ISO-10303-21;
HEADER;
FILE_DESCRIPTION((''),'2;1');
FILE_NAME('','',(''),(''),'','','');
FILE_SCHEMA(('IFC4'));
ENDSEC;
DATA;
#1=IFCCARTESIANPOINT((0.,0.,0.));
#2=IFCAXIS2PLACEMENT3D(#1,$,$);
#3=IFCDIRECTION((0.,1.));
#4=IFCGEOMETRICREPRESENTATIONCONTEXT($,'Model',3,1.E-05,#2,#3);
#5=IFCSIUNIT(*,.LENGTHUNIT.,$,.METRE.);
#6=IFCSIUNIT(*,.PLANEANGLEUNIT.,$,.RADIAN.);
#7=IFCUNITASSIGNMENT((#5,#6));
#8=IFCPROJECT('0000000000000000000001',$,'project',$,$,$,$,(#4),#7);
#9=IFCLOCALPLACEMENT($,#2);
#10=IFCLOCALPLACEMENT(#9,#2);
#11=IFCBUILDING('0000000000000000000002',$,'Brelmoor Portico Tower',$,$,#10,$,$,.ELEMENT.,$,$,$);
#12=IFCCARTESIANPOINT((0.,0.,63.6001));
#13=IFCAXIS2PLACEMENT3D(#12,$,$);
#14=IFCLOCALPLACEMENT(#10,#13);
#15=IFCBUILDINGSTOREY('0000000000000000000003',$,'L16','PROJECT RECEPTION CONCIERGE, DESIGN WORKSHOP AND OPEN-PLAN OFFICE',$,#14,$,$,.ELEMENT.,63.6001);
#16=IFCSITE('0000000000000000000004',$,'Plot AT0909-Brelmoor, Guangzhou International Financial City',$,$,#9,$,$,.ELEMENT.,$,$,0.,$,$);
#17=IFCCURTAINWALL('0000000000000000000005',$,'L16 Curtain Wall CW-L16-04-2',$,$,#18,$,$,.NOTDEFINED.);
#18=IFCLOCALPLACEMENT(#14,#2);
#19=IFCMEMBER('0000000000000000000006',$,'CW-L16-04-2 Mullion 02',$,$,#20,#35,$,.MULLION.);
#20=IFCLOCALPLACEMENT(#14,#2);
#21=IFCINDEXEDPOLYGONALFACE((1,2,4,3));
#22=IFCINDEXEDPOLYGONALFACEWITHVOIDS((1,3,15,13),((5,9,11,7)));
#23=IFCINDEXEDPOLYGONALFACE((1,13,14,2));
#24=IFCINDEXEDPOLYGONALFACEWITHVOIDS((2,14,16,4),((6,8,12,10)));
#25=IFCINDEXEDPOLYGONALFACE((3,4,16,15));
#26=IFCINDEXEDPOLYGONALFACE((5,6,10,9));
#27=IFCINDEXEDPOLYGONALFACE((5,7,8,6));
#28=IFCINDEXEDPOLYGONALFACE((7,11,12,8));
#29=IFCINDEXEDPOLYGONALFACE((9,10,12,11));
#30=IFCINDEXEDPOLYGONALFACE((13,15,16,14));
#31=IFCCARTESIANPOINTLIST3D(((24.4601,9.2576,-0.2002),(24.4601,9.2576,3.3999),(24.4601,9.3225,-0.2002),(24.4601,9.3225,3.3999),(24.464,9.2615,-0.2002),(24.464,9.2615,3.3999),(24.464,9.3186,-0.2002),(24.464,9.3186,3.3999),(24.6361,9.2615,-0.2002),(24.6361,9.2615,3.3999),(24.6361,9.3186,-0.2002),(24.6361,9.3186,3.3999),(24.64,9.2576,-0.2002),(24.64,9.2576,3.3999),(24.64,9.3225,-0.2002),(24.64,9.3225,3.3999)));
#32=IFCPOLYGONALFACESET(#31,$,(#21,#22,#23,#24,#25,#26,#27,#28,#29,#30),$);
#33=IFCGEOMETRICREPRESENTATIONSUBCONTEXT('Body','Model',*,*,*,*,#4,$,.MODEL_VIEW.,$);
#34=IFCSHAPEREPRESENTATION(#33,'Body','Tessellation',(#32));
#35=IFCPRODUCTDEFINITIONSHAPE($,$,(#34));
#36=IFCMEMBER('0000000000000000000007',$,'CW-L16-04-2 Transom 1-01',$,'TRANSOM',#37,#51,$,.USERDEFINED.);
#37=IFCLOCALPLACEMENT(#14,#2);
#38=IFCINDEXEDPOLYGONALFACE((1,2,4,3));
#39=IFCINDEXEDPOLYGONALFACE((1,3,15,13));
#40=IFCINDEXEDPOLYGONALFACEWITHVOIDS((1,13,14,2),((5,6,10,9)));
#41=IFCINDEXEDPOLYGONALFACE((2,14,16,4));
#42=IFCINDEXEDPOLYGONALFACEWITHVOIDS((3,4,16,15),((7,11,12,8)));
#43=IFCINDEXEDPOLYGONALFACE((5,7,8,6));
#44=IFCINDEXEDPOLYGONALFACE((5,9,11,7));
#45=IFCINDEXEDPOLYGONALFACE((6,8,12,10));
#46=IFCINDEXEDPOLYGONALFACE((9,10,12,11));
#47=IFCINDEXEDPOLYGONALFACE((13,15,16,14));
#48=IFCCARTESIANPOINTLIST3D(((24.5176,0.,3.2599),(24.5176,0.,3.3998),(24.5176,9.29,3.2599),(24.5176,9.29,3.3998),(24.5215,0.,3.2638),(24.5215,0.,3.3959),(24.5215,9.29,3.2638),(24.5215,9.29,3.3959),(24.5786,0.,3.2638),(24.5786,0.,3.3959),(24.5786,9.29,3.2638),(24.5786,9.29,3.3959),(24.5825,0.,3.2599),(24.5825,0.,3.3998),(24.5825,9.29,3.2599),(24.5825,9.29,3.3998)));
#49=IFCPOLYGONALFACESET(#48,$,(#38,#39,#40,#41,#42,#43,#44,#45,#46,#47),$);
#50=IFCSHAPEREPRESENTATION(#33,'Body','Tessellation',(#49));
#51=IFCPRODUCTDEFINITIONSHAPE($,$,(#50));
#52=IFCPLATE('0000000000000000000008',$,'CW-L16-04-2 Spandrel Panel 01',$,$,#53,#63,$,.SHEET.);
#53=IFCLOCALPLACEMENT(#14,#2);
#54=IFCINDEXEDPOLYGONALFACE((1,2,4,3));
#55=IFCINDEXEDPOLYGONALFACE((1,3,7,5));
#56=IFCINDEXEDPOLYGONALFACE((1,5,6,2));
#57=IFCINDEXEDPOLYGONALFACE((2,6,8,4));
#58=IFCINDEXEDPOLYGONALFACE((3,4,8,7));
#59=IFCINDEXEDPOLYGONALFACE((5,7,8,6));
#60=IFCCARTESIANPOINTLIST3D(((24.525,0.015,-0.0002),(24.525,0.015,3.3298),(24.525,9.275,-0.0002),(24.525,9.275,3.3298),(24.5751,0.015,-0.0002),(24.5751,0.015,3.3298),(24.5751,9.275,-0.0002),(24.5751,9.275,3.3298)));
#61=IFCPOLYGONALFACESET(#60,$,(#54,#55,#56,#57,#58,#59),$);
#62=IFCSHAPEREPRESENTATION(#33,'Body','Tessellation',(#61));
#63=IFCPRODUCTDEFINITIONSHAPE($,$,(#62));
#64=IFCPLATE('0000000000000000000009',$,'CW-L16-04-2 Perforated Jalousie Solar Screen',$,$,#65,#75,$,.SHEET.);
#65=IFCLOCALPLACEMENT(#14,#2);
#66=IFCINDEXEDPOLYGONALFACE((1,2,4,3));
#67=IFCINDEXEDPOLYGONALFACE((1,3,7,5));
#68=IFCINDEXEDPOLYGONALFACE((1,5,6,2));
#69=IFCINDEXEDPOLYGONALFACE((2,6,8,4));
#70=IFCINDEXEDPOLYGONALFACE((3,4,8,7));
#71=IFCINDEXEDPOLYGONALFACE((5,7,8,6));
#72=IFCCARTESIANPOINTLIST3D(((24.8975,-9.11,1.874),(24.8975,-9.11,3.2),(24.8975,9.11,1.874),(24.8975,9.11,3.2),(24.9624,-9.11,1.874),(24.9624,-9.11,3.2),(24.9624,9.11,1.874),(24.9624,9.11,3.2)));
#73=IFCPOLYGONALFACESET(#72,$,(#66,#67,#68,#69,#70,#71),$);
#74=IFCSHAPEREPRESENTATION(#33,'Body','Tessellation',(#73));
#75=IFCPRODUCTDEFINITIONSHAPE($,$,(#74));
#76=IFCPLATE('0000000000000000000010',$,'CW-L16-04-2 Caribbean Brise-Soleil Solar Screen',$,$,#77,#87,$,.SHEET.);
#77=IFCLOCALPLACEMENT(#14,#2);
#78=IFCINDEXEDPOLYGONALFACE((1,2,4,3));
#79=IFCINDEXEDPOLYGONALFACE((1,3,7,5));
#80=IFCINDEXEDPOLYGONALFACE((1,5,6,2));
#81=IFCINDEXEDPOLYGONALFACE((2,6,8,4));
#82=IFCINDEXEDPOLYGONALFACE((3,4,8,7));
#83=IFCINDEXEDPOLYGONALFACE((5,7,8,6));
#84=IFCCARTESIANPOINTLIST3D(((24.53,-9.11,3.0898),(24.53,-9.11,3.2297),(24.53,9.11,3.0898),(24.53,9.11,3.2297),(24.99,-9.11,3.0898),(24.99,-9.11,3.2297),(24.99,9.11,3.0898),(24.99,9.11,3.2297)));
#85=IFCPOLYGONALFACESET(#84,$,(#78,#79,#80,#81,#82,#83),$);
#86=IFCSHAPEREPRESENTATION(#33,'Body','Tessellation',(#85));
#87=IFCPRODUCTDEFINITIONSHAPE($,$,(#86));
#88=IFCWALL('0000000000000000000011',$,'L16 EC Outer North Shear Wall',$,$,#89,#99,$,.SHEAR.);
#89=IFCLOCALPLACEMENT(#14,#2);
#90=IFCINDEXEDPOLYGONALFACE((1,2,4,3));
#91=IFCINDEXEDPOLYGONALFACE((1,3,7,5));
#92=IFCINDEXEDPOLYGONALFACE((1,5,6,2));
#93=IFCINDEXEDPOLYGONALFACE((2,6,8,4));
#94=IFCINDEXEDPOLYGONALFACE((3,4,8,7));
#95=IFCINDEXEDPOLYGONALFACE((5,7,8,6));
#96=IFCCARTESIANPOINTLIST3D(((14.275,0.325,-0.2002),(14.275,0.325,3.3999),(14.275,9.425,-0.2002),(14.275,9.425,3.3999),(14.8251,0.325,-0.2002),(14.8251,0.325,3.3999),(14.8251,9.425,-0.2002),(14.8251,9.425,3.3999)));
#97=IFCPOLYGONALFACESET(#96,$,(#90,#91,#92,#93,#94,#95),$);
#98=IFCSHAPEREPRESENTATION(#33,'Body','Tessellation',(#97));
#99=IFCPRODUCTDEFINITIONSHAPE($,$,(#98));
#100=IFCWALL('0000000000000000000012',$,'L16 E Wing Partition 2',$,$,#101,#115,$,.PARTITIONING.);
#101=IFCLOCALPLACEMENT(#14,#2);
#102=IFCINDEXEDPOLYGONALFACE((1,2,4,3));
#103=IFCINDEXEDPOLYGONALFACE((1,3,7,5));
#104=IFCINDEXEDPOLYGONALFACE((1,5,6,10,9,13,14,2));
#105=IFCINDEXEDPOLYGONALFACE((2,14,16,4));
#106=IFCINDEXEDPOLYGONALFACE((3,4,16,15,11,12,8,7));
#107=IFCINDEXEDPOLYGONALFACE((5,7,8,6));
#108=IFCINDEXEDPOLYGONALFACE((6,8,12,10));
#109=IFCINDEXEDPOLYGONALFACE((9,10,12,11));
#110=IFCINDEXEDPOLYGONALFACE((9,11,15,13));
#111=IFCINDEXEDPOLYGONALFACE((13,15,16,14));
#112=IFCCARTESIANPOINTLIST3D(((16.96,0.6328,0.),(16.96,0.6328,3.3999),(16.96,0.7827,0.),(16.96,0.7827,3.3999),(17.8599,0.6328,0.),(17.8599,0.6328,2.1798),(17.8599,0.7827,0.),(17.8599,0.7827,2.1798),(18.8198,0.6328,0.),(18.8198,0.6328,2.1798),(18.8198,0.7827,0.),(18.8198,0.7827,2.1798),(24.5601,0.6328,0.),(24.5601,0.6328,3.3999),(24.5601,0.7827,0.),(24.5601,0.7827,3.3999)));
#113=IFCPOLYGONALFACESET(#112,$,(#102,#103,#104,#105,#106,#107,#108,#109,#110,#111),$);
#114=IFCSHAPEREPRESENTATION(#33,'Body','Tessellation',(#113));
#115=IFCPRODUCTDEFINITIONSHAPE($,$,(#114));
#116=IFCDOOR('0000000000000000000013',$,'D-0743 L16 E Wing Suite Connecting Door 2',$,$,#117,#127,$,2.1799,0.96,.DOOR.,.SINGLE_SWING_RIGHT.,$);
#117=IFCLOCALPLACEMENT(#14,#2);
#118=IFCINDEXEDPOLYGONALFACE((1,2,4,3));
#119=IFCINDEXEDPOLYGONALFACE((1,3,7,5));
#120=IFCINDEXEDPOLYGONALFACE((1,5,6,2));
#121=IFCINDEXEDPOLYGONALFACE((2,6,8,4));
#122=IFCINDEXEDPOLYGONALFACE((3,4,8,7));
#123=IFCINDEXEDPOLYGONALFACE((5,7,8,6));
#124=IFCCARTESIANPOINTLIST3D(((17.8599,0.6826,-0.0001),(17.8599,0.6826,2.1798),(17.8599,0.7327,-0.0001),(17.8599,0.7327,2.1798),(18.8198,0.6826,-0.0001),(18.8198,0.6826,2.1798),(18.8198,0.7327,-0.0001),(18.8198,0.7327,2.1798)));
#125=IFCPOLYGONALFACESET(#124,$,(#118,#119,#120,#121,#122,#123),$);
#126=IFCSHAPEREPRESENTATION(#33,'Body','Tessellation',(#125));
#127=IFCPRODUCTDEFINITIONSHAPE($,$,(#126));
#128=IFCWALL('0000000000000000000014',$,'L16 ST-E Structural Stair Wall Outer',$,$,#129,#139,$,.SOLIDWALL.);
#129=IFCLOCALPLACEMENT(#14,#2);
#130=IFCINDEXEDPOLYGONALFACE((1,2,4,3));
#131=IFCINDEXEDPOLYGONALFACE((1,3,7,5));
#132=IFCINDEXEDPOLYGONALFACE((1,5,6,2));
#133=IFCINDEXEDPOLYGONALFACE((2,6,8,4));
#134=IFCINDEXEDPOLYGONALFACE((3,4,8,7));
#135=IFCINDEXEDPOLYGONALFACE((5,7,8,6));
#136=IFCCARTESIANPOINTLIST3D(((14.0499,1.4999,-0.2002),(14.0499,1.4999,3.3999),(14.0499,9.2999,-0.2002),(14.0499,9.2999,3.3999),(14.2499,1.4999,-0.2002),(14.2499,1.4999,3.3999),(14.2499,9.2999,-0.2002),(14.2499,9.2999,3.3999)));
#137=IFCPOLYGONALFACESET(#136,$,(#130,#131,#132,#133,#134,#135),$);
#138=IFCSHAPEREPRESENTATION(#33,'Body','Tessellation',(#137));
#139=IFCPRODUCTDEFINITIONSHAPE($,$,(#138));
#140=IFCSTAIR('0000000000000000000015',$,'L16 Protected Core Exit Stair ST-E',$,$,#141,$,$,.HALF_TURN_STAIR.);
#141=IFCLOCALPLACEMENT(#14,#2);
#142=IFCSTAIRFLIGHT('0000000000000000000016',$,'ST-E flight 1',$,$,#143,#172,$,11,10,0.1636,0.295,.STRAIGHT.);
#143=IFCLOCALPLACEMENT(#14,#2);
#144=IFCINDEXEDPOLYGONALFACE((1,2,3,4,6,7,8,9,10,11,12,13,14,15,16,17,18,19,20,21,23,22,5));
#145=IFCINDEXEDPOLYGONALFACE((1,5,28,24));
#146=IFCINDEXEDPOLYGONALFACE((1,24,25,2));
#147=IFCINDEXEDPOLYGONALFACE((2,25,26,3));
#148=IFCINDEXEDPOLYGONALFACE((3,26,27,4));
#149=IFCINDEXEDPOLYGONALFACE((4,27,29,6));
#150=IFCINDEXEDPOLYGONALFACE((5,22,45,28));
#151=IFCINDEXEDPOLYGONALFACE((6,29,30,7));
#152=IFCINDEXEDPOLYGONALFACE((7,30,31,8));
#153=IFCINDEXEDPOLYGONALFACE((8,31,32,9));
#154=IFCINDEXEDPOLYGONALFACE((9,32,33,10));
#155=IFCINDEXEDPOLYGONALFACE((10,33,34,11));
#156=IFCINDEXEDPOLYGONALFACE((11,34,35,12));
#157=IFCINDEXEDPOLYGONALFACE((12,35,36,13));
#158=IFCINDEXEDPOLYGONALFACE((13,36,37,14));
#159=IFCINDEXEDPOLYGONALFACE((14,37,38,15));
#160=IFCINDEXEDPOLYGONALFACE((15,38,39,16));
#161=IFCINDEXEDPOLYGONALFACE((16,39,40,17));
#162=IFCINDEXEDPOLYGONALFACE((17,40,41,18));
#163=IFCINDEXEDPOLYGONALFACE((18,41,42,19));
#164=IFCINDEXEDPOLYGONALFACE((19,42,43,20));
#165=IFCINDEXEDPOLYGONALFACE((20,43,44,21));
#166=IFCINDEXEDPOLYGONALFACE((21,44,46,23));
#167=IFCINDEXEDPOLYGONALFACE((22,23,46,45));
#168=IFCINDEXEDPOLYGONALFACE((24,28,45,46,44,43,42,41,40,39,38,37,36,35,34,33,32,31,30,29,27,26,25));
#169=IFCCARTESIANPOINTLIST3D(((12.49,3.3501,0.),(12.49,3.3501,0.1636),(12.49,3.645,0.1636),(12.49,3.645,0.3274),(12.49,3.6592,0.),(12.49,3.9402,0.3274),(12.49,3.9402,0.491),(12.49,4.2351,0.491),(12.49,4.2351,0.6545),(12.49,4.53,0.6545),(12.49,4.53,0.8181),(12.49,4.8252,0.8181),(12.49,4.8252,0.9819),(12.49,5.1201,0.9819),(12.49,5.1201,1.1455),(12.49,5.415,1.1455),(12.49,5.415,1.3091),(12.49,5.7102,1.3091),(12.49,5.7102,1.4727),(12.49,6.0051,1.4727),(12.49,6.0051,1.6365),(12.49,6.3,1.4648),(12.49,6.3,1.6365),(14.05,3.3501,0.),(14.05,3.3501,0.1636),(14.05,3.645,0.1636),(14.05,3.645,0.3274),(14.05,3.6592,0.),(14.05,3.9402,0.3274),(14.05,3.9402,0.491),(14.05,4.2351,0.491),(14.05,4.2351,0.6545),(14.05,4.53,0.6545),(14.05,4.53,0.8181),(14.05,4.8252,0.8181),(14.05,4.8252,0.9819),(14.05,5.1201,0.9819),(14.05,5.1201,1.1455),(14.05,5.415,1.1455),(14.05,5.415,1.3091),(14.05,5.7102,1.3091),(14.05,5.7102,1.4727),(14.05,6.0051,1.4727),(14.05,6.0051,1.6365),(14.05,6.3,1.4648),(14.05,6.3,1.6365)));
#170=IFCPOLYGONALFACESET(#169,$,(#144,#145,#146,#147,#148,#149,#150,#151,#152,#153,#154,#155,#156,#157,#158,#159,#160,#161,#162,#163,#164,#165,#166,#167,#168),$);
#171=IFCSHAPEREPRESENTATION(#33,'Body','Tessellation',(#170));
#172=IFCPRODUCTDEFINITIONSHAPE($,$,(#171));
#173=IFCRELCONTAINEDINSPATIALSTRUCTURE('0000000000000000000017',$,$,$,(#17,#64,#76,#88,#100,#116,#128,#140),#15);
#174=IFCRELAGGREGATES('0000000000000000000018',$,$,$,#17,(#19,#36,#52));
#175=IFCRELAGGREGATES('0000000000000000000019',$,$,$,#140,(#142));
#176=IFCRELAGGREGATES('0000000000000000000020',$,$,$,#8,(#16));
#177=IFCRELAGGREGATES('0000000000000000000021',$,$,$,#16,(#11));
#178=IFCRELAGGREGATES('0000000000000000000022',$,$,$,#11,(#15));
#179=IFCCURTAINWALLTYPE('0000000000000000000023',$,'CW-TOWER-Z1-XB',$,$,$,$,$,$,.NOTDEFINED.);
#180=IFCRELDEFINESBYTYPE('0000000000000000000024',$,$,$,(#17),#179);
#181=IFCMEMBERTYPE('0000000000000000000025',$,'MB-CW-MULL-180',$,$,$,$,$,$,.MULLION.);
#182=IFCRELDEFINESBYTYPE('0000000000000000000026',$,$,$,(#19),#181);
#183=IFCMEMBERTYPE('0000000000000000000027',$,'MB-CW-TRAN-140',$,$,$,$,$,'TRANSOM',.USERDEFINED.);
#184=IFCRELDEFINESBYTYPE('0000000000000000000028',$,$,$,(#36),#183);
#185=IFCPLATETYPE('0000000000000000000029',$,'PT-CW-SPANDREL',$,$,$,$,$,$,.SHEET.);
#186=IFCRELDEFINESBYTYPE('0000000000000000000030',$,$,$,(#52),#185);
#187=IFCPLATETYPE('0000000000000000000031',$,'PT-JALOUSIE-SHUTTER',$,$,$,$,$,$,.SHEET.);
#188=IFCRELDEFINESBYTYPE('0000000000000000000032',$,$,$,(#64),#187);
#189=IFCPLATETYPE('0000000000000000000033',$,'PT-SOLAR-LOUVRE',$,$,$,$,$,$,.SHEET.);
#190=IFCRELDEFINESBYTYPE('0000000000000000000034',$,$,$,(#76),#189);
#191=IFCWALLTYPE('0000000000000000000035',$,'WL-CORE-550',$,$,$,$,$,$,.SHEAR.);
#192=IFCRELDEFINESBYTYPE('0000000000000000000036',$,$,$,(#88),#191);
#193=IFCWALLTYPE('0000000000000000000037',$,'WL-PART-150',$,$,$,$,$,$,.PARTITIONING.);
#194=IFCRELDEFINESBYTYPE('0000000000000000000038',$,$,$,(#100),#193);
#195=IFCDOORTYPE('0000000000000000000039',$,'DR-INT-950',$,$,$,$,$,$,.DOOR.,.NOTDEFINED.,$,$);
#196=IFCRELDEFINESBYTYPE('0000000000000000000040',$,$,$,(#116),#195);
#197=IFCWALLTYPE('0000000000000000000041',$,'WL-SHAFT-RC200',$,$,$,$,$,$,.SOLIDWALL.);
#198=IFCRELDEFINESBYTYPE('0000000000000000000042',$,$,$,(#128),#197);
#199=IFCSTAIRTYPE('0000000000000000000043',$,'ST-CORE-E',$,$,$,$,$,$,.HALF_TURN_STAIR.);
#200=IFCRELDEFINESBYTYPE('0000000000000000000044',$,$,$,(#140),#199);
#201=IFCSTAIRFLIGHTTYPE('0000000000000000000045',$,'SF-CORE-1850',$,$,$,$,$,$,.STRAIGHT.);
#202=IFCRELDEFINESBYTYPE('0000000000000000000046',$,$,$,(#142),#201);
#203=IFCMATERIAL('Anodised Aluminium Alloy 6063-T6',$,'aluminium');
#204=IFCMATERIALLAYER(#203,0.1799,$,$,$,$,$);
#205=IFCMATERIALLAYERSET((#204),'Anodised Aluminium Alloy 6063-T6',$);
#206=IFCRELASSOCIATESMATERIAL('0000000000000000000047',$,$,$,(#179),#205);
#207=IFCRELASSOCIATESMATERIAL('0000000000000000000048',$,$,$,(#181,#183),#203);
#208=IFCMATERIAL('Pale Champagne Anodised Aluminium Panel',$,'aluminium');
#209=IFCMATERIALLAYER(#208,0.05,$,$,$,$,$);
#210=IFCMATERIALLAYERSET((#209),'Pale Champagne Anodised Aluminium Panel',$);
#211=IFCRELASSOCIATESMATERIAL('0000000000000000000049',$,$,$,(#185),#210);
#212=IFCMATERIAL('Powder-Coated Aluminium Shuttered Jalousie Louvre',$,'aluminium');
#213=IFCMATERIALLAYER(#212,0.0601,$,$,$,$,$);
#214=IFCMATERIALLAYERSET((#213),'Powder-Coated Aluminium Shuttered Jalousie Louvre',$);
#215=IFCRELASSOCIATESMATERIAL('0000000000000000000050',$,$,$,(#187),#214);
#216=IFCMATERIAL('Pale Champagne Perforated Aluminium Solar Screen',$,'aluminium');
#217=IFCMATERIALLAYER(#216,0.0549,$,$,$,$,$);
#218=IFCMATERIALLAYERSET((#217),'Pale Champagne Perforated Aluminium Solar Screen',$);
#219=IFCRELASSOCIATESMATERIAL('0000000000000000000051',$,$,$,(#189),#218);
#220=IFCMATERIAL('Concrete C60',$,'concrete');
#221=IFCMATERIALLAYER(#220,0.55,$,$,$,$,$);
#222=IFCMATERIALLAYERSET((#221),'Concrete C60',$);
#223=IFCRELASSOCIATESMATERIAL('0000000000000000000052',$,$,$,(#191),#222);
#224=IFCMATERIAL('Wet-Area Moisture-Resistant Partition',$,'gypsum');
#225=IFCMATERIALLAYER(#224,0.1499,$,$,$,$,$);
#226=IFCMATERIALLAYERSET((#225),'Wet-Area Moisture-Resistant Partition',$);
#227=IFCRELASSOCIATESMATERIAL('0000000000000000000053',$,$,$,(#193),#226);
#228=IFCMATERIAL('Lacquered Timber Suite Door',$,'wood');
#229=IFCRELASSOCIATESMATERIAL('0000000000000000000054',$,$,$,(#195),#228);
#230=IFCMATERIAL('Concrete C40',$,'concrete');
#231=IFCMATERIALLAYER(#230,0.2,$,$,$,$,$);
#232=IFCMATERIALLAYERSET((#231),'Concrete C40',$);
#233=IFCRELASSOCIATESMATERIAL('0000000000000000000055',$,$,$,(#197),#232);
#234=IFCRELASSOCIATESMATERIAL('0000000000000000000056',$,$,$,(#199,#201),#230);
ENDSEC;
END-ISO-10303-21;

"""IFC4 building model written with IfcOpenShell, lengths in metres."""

from ifc_helpers import new_model, si_unit, direction, frame, frame_2d, origin, origin_2d, place, context, subcontext, project, spatial, polyline, rectangle, hollow_rectangle, outline, extrude, material, layer, layer_set, material_profile, profile_set, type_object, element, fill, aggregate, save


model = new_model("IFC4")

# Units and contexts
model_context = context("Model", 3, precision=1e-05, world=origin(), true_north=direction((0.0, 1.0)))
body_context = subcontext(model_context, "Body", "Model", "MODEL_VIEW")
ifc_project = project(units=[si_unit("LENGTHUNIT", "METRE"), si_unit("PLANEANGLEUNIT", "RADIAN")], contexts=[model_context])

# Site, building, storey
site_placement = place(None, origin())
site = spatial("IfcSite", under=ifc_project, at=site_placement, Name="Plot AT0909-Brelmoor, Guangzhou International Financial City", CompositionType="ELEMENT", RefElevation=0.0)
building_placement = place(site_placement, origin())
building = spatial("IfcBuilding", under=site, at=building_placement, Name="Brelmoor Portico Tower", CompositionType="ELEMENT")
storey_placement = place(building_placement, frame((0.0, 0.0, 63.6001)))
storey = spatial("IfcBuildingStorey", under=building, at=storey_placement, Name="L16", Description="PROJECT RECEPTION CONCIERGE, DESIGN WORKSHOP AND OPEN-PLAN OFFICE", CompositionType="ELEMENT", Elevation=63.6001)

# Curtain wall, members, plate
ifc_material_1 = material(Name="Anodised Aluminium Alloy 6063-T6", Category="aluminium")
ifc_layer_1 = layer(ifc_material_1, 0.1799)
ifc_layer_set_1 = layer_set([ifc_layer_1], Name="Anodised Aluminium Alloy 6063-T6")
curtain_wall_type = type_object("IfcCurtainWallType", Name="CW-TOWER-Z1-XB", PredefinedType="NOTDEFINED", material=ifc_layer_set_1)
curtain_wall_placement = place(storey_placement, origin())
curtain_wall = element("IfcCurtainWall", 1, at=curtain_wall_placement, inside=storey, type_object=curtain_wall_type, Name="L16 Curtain Wall CW-L16-04-2", PredefinedType="NOTDEFINED")
ifc_material_profile_1 = material_profile(ifc_material_1, hollow_rectangle(XDim=0.0649, YDim=0.1799, WallThickness=0.0039, at=origin_2d()), Name="ALU MULLION 65x180")
ifc_profile_set_1 = profile_set([ifc_material_profile_1], Name="Anodised Aluminium Alloy 6063-T6")
member_type_1 = type_object("IfcMemberType", Name="MB-CW-MULL-180", PredefinedType="MULLION", material=ifc_profile_set_1)
member_1_placement = place(storey_placement, frame((24.55, 9.29, -0.2002), z_axis=(0.0, 0.0, 1.0), x_axis=(0.0, 1.0, 0.0)))
member_1 = element("IfcMember", 2, at=member_1_placement, type_object=member_type_1, Name="CW-L16-04-2 Mullion 02", PredefinedType="MULLION", context=body_context, shape_type="SweptSolid", body=[
    extrude(hollow_rectangle(XDim=0.0649, YDim=0.1799, WallThickness=0.0039, at=origin_2d()), origin(), (0.0, 0.0, 1.0), 3.6001),
])
ifc_material_profile_2 = material_profile(ifc_material_1, hollow_rectangle(XDim=0.0649, YDim=0.1399, WallThickness=0.0039, at=origin_2d()), Name="ALU TRANSOM 65x140")
ifc_profile_set_2 = profile_set([ifc_material_profile_2], Name="Anodised Aluminium Alloy 6063-T6")
member_type_2 = type_object("IfcMemberType", Name="MB-CW-TRAN-140", ElementType="TRANSOM", PredefinedType="USERDEFINED", material=ifc_profile_set_2)
member_2_placement = place(storey_placement, frame((24.55, 0.0, 3.3298), z_axis=(0.0, 1.0, 0.0), x_axis=(-1.0, 0.0, 0.0)))
member_2 = element("IfcMember", 3, at=member_2_placement, type_object=member_type_2, Name="CW-L16-04-2 Transom 1-01", ObjectType="TRANSOM", PredefinedType="USERDEFINED", context=body_context, shape_type="SweptSolid", body=[
    extrude(hollow_rectangle(XDim=0.0649, YDim=0.1399, WallThickness=0.0039, at=origin_2d()), origin(), (0.0, 0.0, 1.0), 9.29),
])
ifc_material_2 = material(Name="Pale Champagne Anodised Aluminium Panel", Category="aluminium")
ifc_layer_2 = layer(ifc_material_2, 0.05)
ifc_layer_set_2 = layer_set([ifc_layer_2], Name="Pale Champagne Anodised Aluminium Panel")
plate_type_1 = type_object("IfcPlateType", Name="PT-CW-SPANDREL", PredefinedType="SHEET", material=ifc_layer_set_2)
plate_1_placement = place(storey_placement, frame((24.55, 4.645, -0.0002), z_axis=(0.0, 0.0, 1.0), x_axis=(0.0, 1.0, 0.0)))
plate_1 = element("IfcPlate", 4, at=plate_1_placement, type_object=plate_type_1, Name="CW-L16-04-2 Spandrel Panel 01", PredefinedType="SHEET", context=body_context, shape_type="SweptSolid", body=[
    extrude(rectangle(XDim=9.26, YDim=0.05, at=origin_2d()), origin(), (0.0, 0.0, 1.0), 3.3301),
])
aggregate(curtain_wall, [member_1, member_2, plate_1])

# Plates
ifc_material_3 = material(Name="Powder-Coated Aluminium Shuttered Jalousie Louvre", Category="aluminium")
ifc_layer_3 = layer(ifc_material_3, 0.0601)
ifc_layer_set_3 = layer_set([ifc_layer_3], Name="Powder-Coated Aluminium Shuttered Jalousie Louvre")
plate_type_2 = type_object("IfcPlateType", Name="PT-JALOUSIE-SHUTTER", PredefinedType="SHEET", material=ifc_layer_set_3)
plate_2_placement = place(storey_placement, frame((24.9299, 0.0, 1.874), z_axis=(0.0, 0.0, 1.0), x_axis=(0.0, 1.0, 0.0)))
element("IfcPlate", 5, at=plate_2_placement, inside=storey, type_object=plate_type_2, Name="CW-L16-04-2 Perforated Jalousie Solar Screen", PredefinedType="SHEET", context=body_context, shape_type="SweptSolid", body=[
    extrude(rectangle(XDim=18.22, YDim=0.0649, at=origin_2d()), origin(), (0.0, 0.0, 1.0), 1.3259),
])
ifc_material_4 = material(Name="Pale Champagne Perforated Aluminium Solar Screen", Category="aluminium")
ifc_layer_4 = layer(ifc_material_4, 0.0549)
ifc_layer_set_4 = layer_set([ifc_layer_4], Name="Pale Champagne Perforated Aluminium Solar Screen")
plate_type_3 = type_object("IfcPlateType", Name="PT-SOLAR-LOUVRE", PredefinedType="SHEET", material=ifc_layer_set_4)
plate_3_placement = place(storey_placement, frame((24.76, 0.0, 3.0898), z_axis=(0.0, 0.0, 1.0), x_axis=(0.0, 1.0, 0.0)))
element("IfcPlate", 6, at=plate_3_placement, inside=storey, type_object=plate_type_3, Name="CW-L16-04-2 Caribbean Brise-Soleil Solar Screen", PredefinedType="SHEET", context=body_context, shape_type="SweptSolid", body=[
    extrude(rectangle(XDim=18.22, YDim=0.46, at=origin_2d()), origin(), (0.0, 0.0, 1.0), 0.1399),
])

# Wall
ifc_material_5 = material(Name="Concrete C60", Category="concrete")
ifc_layer_5 = layer(ifc_material_5, 0.55)
ifc_layer_set_5 = layer_set([ifc_layer_5], Name="Concrete C60")
wall_type_1 = type_object("IfcWallType", Name="WL-CORE-550", PredefinedType="SHEAR", material=ifc_layer_set_5)
wall_1_placement = place(storey_placement, frame((14.55, 0.325, -0.2002), z_axis=(0.0, 0.0, 1.0), x_axis=(0.0, 1.0, 0.0)))
element("IfcWall", 7, at=wall_1_placement, inside=storey, type_object=wall_type_1, Name="L16 EC Outer North Shear Wall", PredefinedType="SHEAR", context=body_context, shape_type="SweptSolid", body=[
    extrude(rectangle(XDim=9.1001, YDim=0.55, at=frame_2d((4.55, 0.0))), origin(), (0.0, 0.0, 1.0), 3.6001),
])

# Wall, opening, door
ifc_material_6 = material(Name="Wet-Area Moisture-Resistant Partition", Category="gypsum")
ifc_layer_6 = layer(ifc_material_6, 0.1499)
ifc_layer_set_6 = layer_set([ifc_layer_6], Name="Wet-Area Moisture-Resistant Partition")
wall_type_2 = type_object("IfcWallType", Name="WL-PART-150", PredefinedType="PARTITIONING", material=ifc_layer_set_6)
wall_2_placement = place(storey_placement, frame((16.96, 0.7078, 0.0), z_axis=(0.0, 0.0, 1.0), x_axis=(1.0, 0.0, 0.0)))
wall_2 = element("IfcWall", 8, at=wall_2_placement, inside=storey, type_object=wall_type_2, Name="L16 E Wing Partition 2", PredefinedType="PARTITIONING", context=body_context, shape_type="SweptSolid", body=[
    extrude(rectangle(XDim=7.6001, YDim=0.1499, at=frame_2d((3.8, 0.0))), origin(), (0.0, 0.0, 1.0), 3.3999),
])
opening_placement = place(wall_2_placement, frame((0.8999, 0.0, 0.0)))
opening = element("IfcOpeningElement", 9, at=opening_placement, cuts=wall_2, PredefinedType="OPENING", context=body_context, shape_type="SweptSolid", body=[
    extrude(rectangle(XDim=0.96, YDim=2.1799, at=frame_2d((0.48, 1.0898))), frame((0.0, 0.085, 0.0), z_axis=(0.0, -1.0, 0.0), x_axis=(1.0, 0.0, 0.0)), (0.0, 0.0, 1.0), 0.1699),
])
ifc_material_7 = material(Name="Lacquered Timber Suite Door", Category="wood")
door_type = type_object("IfcDoorType", Name="DR-INT-950", OperationType="NOTDEFINED", PredefinedType="DOOR", material=ifc_material_7)
door_placement = place(opening_placement, origin())
door = element("IfcDoor", 10, at=door_placement, inside=storey, type_object=door_type, Name="D-0743 L16 E Wing Suite Connecting Door 2", OperationType="SINGLE_SWING_RIGHT", OverallHeight=2.1799, OverallWidth=0.96, PredefinedType="DOOR", context=body_context, shape_type="SweptSolid", body=[
    extrude(rectangle(XDim=0.96, YDim=2.1799, at=frame_2d((0.48, 1.0898))), frame((0.0, 0.0249, 0.0), z_axis=(0.0, -1.0, 0.0), x_axis=(1.0, 0.0, 0.0)), (0.0, 0.0, 1.0), 0.05),
])
fill(opening, door)

# Wall
ifc_material_8 = material(Name="Concrete C40", Category="concrete")
ifc_layer_7 = layer(ifc_material_8, 0.2)
ifc_layer_set_7 = layer_set([ifc_layer_7], Name="Concrete C40")
wall_type_3 = type_object("IfcWallType", Name="WL-SHAFT-RC200", PredefinedType="SOLIDWALL", material=ifc_layer_set_7)
wall_3_placement = place(storey_placement, frame((14.1499, 1.5, -0.2002), z_axis=(0.0, 0.0, 1.0), x_axis=(0.0, 1.0, 0.0)))
element("IfcWall", 11, at=wall_3_placement, inside=storey, type_object=wall_type_3, Name="L16 ST-E Structural Stair Wall Outer", PredefinedType="SOLIDWALL", context=body_context, shape_type="SweptSolid", body=[
    extrude(rectangle(XDim=7.8, YDim=0.2, at=frame_2d((3.8999, 0.0))), origin(), (0.0, 0.0, 1.0), 3.6001),
])

# Stair, stair flight
stair_type = type_object("IfcStairType", Name="ST-CORE-E", PredefinedType="HALF_TURN_STAIR", material=ifc_material_8)
stair_placement = place(storey_placement, origin())
stair = element("IfcStair", 12, at=stair_placement, inside=storey, type_object=stair_type, Name="L16 Protected Core Exit Stair ST-E", PredefinedType="HALF_TURN_STAIR")
stair_flight_type = type_object("IfcStairFlightType", Name="SF-CORE-1850", PredefinedType="STRAIGHT", material=ifc_material_8)
stair_flight_placement = place(storey_placement, frame((13.27, 3.3501, 0.0), z_axis=(0.0, 0.0, 1.0), x_axis=(0.0, 1.0, 0.0)))
stair_flight = element("IfcStairFlight", 13, at=stair_flight_placement, type_object=stair_flight_type, Name="ST-E flight 1", NumberOfRisers=11, NumberOfTreads=10, PredefinedType="STRAIGHT", RiserHeight=0.1636, TreadLength=0.295, context=body_context, shape_type="SweptSolid", body=[
    extrude(outline(polyline([(0.0, 0.0), (0.0, 0.1636), (0.2949, 0.1636), (0.2949, 0.3274), (0.5901, 0.3274), (0.5901, 0.491), (0.885, 0.491), (0.885, 0.6545), (1.1799, 0.6545), (1.1799, 0.8181), (1.4751, 0.8181), (1.4751, 0.9819), (1.77, 0.9819), (1.77, 1.1455), (2.0649, 1.1455), (2.0649, 1.3091), (2.3601, 1.3091), (2.3601, 1.4727), (2.655, 1.4727), (2.655, 1.6365), (2.95, 1.6365), (2.95, 1.8), (2.95, 1.4648), (0.3091, 0.0), (0.0, 0.0)])), frame((0.0, 0.78, 0.0), z_axis=(0.0, -1.0, 0.0), x_axis=(1.0, 0.0, 0.0)), (0.0, 0.0, 1.0), 1.5601),
])
aggregate(stair, [stair_flight])

save(model, "model.ifc")
